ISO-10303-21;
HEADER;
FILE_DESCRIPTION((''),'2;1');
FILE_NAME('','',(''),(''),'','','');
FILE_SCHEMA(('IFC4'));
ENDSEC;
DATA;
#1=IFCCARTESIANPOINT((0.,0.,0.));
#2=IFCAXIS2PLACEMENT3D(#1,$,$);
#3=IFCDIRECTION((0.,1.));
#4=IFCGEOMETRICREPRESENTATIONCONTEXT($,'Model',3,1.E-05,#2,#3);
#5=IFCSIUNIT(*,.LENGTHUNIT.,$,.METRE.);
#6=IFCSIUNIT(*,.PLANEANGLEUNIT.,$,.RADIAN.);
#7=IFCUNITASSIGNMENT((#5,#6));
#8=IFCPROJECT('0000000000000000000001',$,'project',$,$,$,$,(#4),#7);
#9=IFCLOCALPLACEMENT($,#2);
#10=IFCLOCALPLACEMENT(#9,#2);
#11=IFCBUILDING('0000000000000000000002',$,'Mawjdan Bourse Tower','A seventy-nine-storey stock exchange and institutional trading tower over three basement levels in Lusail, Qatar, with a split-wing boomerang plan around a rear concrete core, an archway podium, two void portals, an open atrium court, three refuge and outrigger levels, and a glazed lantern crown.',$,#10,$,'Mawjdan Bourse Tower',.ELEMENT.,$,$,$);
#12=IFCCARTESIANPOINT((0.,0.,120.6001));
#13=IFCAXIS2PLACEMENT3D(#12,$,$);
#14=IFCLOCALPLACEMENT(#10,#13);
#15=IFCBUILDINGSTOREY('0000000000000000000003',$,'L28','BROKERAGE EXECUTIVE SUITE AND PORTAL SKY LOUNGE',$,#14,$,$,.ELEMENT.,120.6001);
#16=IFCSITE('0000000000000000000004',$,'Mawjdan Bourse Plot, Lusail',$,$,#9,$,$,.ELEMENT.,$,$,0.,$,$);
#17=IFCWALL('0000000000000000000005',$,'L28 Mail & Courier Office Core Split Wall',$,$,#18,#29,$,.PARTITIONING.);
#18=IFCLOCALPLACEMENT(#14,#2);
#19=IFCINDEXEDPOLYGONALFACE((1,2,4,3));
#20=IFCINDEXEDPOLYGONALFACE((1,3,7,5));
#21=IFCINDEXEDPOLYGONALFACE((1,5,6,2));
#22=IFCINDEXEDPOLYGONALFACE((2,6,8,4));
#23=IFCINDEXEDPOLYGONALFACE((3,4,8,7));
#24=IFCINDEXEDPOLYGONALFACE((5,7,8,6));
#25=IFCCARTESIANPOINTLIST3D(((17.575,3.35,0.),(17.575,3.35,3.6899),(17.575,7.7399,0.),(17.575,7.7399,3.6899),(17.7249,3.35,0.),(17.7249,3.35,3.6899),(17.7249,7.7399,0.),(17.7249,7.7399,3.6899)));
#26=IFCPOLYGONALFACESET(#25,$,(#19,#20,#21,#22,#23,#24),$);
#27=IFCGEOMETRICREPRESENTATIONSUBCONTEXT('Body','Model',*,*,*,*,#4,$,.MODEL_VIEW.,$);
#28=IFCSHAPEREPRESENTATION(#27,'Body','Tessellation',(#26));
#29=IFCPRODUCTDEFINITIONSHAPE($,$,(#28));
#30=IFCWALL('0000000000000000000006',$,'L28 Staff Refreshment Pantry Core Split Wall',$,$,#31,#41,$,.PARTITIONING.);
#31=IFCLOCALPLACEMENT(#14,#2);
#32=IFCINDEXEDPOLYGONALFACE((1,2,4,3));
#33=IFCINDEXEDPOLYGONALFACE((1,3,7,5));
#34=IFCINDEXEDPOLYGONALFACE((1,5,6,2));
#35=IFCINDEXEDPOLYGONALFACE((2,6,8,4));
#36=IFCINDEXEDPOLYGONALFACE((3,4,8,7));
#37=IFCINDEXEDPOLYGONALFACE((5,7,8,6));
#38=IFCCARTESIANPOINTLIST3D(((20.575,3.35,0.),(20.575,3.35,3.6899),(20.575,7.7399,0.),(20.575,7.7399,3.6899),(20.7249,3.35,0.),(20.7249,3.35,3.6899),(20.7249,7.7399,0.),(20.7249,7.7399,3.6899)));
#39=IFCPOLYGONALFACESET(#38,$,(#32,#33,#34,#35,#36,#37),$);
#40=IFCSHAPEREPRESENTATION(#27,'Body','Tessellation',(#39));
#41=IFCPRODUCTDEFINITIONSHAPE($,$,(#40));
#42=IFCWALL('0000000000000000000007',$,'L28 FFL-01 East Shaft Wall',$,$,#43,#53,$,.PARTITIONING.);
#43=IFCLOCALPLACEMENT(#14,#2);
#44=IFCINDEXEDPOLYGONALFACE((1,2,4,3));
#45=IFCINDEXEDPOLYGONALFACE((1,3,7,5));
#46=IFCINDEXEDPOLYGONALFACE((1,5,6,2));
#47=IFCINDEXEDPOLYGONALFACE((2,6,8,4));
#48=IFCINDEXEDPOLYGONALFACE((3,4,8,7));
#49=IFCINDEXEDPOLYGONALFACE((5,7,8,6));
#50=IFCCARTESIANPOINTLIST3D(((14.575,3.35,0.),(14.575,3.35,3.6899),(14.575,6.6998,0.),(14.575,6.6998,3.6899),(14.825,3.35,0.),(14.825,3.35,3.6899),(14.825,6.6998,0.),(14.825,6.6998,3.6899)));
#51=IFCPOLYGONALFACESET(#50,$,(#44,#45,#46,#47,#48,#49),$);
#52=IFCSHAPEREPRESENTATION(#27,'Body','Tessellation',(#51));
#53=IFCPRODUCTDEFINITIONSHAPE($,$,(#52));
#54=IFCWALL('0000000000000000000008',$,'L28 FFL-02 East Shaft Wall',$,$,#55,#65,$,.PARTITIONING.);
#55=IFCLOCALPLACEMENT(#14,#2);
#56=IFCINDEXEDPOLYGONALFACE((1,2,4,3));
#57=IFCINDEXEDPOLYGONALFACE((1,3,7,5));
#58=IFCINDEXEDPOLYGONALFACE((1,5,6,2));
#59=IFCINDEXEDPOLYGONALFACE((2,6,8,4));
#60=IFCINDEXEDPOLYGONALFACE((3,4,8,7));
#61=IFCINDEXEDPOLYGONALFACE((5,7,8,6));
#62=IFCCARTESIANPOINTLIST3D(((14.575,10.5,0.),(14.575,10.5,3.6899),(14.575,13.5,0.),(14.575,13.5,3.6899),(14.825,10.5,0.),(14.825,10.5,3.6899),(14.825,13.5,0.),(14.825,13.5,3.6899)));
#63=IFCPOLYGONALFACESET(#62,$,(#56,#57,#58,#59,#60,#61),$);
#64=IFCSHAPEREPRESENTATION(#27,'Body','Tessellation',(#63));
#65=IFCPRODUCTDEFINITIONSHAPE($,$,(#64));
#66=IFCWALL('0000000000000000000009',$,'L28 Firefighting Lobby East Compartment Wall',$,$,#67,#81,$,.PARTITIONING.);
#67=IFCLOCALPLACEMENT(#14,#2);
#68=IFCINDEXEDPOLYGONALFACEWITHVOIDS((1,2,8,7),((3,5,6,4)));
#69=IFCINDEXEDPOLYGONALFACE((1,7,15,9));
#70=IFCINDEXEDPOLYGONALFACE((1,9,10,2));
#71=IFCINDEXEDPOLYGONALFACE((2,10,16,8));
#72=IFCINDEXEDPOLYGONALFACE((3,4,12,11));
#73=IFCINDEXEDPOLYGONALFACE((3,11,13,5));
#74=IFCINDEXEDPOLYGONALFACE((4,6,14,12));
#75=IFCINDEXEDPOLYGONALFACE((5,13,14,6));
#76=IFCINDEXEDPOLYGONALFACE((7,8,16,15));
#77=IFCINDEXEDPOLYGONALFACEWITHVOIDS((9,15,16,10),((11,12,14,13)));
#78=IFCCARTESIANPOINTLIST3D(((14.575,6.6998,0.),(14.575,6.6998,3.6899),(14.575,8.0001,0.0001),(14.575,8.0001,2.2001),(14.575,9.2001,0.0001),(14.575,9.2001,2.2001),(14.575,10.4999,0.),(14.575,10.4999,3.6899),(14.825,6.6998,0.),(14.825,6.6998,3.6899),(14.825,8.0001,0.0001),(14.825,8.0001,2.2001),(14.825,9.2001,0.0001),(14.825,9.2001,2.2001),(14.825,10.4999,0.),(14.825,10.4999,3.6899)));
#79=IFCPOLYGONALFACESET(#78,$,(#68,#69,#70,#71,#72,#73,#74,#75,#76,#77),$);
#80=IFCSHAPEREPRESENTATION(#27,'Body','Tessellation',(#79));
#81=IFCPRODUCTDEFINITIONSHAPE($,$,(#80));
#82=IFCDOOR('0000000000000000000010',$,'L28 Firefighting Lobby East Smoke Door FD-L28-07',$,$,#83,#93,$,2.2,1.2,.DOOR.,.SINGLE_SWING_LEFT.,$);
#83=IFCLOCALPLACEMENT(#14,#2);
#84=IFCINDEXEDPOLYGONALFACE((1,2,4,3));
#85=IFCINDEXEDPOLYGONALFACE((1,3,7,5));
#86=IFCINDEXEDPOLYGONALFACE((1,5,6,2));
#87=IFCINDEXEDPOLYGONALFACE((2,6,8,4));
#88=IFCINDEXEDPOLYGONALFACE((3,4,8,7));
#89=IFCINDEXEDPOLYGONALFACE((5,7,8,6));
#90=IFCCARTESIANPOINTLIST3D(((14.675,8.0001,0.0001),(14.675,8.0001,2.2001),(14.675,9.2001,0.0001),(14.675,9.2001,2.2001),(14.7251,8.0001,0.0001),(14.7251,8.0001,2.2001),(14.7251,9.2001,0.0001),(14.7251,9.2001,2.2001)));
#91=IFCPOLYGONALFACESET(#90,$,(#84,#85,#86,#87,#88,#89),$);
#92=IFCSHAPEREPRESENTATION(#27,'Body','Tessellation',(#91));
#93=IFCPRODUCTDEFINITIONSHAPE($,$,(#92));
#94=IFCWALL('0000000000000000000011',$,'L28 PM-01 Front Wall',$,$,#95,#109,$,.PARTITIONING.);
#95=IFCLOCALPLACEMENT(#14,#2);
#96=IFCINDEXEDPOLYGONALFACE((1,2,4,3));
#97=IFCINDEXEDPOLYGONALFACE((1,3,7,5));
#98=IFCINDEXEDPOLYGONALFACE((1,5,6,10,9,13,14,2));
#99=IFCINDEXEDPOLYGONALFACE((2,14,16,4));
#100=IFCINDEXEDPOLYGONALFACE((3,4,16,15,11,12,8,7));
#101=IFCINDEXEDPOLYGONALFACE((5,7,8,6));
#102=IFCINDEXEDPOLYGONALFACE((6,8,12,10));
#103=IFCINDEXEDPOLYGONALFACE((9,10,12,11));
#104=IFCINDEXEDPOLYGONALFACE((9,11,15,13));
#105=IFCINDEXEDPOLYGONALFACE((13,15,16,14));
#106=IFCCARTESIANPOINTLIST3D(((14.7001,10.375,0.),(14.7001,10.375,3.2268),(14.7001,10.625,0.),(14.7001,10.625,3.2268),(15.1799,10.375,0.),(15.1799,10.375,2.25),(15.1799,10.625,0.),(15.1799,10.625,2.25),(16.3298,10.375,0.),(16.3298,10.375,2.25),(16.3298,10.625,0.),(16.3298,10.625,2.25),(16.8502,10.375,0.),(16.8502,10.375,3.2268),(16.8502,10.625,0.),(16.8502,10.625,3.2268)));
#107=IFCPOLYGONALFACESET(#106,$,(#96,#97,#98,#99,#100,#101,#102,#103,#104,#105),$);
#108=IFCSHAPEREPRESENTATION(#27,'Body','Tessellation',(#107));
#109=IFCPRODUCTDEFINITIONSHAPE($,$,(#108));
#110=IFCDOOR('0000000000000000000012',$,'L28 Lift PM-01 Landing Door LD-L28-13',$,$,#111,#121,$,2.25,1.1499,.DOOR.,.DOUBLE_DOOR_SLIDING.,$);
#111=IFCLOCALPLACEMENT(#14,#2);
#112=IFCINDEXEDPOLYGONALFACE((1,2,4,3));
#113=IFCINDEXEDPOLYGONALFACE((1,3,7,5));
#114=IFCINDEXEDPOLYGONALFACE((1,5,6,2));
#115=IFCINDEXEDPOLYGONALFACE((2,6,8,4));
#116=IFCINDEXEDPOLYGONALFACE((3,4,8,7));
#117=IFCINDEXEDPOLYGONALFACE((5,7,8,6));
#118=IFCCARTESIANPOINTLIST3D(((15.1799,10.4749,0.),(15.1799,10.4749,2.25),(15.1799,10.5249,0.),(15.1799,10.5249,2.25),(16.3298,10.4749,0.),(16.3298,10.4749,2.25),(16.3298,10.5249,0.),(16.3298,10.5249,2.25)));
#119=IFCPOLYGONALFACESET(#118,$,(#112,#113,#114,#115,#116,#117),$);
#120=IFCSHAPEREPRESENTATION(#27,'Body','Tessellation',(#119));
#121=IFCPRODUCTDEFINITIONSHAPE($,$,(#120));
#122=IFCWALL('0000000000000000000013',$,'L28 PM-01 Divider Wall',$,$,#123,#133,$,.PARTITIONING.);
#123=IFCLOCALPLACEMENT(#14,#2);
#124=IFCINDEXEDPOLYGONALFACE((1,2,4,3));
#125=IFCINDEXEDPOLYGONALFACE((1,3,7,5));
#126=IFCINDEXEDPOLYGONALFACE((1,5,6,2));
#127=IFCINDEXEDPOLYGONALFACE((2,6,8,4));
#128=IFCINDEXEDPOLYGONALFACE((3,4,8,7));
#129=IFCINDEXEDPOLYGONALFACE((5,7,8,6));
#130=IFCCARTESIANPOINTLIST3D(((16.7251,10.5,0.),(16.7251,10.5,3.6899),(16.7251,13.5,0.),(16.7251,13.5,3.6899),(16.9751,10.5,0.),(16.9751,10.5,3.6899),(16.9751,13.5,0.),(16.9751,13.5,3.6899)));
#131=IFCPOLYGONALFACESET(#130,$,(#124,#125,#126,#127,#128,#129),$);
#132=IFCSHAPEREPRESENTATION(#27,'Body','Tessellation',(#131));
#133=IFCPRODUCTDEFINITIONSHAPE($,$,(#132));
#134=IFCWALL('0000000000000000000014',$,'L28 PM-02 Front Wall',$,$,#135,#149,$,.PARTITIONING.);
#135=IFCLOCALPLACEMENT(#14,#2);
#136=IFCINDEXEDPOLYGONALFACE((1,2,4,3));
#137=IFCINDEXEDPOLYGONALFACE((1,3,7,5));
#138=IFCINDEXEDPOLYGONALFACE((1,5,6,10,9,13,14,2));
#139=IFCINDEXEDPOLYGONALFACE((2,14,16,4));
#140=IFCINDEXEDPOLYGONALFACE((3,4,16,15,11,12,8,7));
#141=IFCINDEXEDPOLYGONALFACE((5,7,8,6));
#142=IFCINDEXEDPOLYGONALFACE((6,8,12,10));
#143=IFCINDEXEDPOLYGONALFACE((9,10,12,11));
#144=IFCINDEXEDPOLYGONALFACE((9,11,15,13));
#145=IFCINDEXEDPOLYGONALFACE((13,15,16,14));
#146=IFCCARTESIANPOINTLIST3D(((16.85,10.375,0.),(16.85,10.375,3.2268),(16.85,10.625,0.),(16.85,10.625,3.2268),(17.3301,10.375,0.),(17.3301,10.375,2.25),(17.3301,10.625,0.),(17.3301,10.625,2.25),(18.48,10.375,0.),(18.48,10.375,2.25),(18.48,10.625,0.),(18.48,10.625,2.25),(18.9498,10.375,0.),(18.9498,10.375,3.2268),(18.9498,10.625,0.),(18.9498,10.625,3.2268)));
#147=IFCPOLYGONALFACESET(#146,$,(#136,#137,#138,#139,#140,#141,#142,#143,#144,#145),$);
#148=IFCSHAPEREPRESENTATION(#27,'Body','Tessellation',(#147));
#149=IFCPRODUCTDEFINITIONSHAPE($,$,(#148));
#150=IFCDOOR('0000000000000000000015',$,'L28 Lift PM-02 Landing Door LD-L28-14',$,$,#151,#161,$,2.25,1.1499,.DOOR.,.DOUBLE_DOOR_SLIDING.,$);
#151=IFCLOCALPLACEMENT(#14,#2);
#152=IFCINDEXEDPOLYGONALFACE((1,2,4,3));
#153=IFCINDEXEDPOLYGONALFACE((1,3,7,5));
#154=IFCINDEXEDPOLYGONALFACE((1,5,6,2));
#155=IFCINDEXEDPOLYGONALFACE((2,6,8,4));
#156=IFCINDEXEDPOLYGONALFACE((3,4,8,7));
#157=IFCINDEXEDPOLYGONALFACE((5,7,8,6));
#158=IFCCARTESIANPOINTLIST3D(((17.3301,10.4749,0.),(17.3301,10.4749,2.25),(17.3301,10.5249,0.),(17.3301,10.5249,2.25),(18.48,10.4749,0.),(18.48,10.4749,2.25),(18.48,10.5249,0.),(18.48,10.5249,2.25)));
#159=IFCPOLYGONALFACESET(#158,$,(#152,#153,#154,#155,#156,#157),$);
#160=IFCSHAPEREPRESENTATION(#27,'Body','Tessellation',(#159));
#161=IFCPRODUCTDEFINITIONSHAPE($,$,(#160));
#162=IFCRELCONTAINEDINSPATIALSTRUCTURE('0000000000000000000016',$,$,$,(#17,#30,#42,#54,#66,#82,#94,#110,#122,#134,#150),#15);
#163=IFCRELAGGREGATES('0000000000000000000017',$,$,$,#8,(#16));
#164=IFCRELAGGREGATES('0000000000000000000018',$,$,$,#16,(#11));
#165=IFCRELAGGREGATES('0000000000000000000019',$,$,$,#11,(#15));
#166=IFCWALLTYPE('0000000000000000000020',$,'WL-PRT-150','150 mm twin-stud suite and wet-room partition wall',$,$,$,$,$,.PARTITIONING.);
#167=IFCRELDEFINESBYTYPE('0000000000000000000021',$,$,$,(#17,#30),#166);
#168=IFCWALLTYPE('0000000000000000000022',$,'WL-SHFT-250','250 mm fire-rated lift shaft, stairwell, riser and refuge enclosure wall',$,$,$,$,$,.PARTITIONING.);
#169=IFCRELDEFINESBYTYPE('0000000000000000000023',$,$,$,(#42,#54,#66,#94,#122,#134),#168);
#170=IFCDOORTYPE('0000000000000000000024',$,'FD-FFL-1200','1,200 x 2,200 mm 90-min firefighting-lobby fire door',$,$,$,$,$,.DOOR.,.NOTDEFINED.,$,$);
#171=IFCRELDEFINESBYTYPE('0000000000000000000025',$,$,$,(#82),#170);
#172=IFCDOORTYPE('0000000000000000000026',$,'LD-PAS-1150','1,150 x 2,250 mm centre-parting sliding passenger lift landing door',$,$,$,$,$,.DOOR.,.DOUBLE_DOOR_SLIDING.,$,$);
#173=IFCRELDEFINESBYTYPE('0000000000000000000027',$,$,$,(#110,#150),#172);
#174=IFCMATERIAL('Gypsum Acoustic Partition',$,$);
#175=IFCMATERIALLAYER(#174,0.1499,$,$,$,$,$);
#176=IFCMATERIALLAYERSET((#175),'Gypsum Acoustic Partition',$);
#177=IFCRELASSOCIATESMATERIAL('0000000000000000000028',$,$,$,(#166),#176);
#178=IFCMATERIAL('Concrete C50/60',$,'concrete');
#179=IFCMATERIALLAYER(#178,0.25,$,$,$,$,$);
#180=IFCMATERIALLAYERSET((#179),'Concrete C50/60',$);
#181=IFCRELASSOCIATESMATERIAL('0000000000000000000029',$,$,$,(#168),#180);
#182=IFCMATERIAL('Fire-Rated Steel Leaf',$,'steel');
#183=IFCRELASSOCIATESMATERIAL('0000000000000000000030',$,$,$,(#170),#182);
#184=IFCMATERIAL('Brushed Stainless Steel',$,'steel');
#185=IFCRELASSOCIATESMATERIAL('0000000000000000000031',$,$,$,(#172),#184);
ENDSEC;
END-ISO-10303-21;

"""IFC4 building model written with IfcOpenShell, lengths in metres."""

from ifc_helpers import new_model, si_unit, direction, frame, frame_2d, origin, place, context, subcontext, project, spatial, rectangle, extrude, material, layer, layer_set, type_object, element, fill, save


model = new_model("IFC4")

# Units and contexts
model_context = context("Model", 3, precision=1e-05, world=origin(), true_north=direction((0.0, 1.0)))
body_context = subcontext(model_context, "Body", "Model", "MODEL_VIEW")
ifc_project = project(units=[si_unit("LENGTHUNIT", "METRE"), si_unit("PLANEANGLEUNIT", "RADIAN")], contexts=[model_context])

# Site, building, storey
site_placement = place(None, origin())
site = spatial("IfcSite", under=ifc_project, at=site_placement, Name="Mawjdan Bourse Plot, Lusail", CompositionType="ELEMENT", RefElevation=0.0)
building_placement = place(site_placement, origin())
building = spatial("IfcBuilding", under=site, at=building_placement, Name="Mawjdan Bourse Tower", Description="A seventy-nine-storey stock exchange and institutional trading tower over three basement levels in Lusail, Qatar, with a split-wing boomerang plan around a rear concrete core, an archway podium, two void portals, an open atrium court, three refuge and outrigger levels, and a glazed lantern crown.", LongName="Mawjdan Bourse Tower", CompositionType="ELEMENT")
storey_placement = place(building_placement, frame((0.0, 0.0, 120.6001)))
storey = spatial("IfcBuildingStorey", under=building, at=storey_placement, Name="L28", Description="BROKERAGE EXECUTIVE SUITE AND PORTAL SKY LOUNGE", CompositionType="ELEMENT", Elevation=120.6001)

# Walls
ifc_material_1 = material(Name="Gypsum Acoustic Partition")
ifc_layer_1 = layer(ifc_material_1, 0.1499)
ifc_layer_set_1 = layer_set([ifc_layer_1], Name="Gypsum Acoustic Partition")
wall_type_1 = type_object("IfcWallType", Name="WL-PRT-150", Description="150 mm twin-stud suite and wet-room partition wall", PredefinedType="PARTITIONING", material=ifc_layer_set_1)
for number, where, z_axis, x_axis, name in (
    (1, (17.6499, 3.3501, 0.0), (0.0, 0.0, 1.0), (0.0, 1.0, 0.0), "L28 Mail & Courier Office Core Split Wall"),
    (2, (20.6499, 3.3501, 0.0), (0.0, 0.0, 1.0), (0.0, 1.0, 0.0), "L28 Staff Refreshment Pantry Core Split Wall"),
):
    element("IfcWall", number, at=place(storey_placement, frame(where, z_axis=z_axis, x_axis=x_axis)), inside=storey, type_object=wall_type_1, Name=name, PredefinedType="PARTITIONING", context=body_context, shape_type="SweptSolid", body=[
        extrude(rectangle(XDim=4.3899, YDim=0.1499, at=frame_2d((2.1948, 0.0))), origin(), (0.0, 0.0, 1.0), 3.6899),
    ])
ifc_material_2 = material(Name="Concrete C50/60", Category="concrete")
ifc_layer_2 = layer(ifc_material_2, 0.25)
ifc_layer_set_2 = layer_set([ifc_layer_2], Name="Concrete C50/60")
wall_type_2 = type_object("IfcWallType", Name="WL-SHFT-250", Description="250 mm fire-rated lift shaft, stairwell, riser and refuge enclosure wall", PredefinedType="PARTITIONING", material=ifc_layer_set_2)
wall_1_placement = place(storey_placement, frame((14.7, 3.3501, 0.0), z_axis=(0.0, 0.0, 1.0), x_axis=(0.0, 1.0, 0.0)))
element("IfcWall", 3, at=wall_1_placement, inside=storey, type_object=wall_type_2, Name="L28 FFL-01 East Shaft Wall", PredefinedType="PARTITIONING", context=body_context, shape_type="SweptSolid", body=[
    extrude(rectangle(XDim=3.3499, YDim=0.25, at=frame_2d((1.6748, 0.0))), origin(), (0.0, 0.0, 1.0), 3.6899),
])
wall_2_placement = place(storey_placement, frame((14.7, 10.5, 0.0), z_axis=(0.0, 0.0, 1.0), x_axis=(0.0, 1.0, 0.0)))
element("IfcWall", 4, at=wall_2_placement, inside=storey, type_object=wall_type_2, Name="L28 FFL-02 East Shaft Wall", PredefinedType="PARTITIONING", context=body_context, shape_type="SweptSolid", body=[
    extrude(rectangle(XDim=3.0, YDim=0.25, at=frame_2d((1.5, 0.0))), origin(), (0.0, 0.0, 1.0), 3.6899),
])

# Walls, openings, doors
wall_3_placement = place(storey_placement, frame((14.7, 6.7, 0.0), z_axis=(0.0, 0.0, 1.0), x_axis=(0.0, 1.0, 0.0)))
wall_3 = element("IfcWall", 5, at=wall_3_placement, inside=storey, type_object=wall_type_2, Name="L28 Firefighting Lobby East Compartment Wall", PredefinedType="PARTITIONING", context=body_context, shape_type="SweptSolid", body=[
    extrude(rectangle(XDim=3.8, YDim=0.25, at=frame_2d((1.8999, 0.0))), origin(), (0.0, 0.0, 1.0), 3.6899),
])
opening_1_placement = place(wall_3_placement, frame((1.3, 0.0, 0.0)))
opening_1 = element("IfcOpeningElement", 6, at=opening_1_placement, cuts=wall_3, PredefinedType="OPENING", context=body_context, shape_type="SweptSolid", body=[
    extrude(rectangle(XDim=1.2, YDim=2.2, at=frame_2d((0.6001, 1.1001))), frame((0.0, 0.135, 0.0), z_axis=(0.0, -1.0, 0.0), x_axis=(1.0, 0.0, 0.0)), (0.0, 0.0, 1.0), 0.27),
])
ifc_material_3 = material(Name="Fire-Rated Steel Leaf", Category="steel")
door_type_1 = type_object("IfcDoorType", Name="FD-FFL-1200", Description="1,200 x 2,200 mm 90-min firefighting-lobby fire door", OperationType="NOTDEFINED", PredefinedType="DOOR", material=ifc_material_3)
door_1_placement = place(opening_1_placement, origin())
door_1 = element("IfcDoor", 7, at=door_1_placement, inside=storey, type_object=door_type_1, Name="L28 Firefighting Lobby East Smoke Door FD-L28-07", OperationType="SINGLE_SWING_LEFT", OverallHeight=2.2, OverallWidth=1.2, PredefinedType="DOOR", context=body_context, shape_type="SweptSolid", body=[
    extrude(rectangle(XDim=1.2, YDim=2.2, at=frame_2d((0.6001, 1.1001))), frame((0.0, 0.0249, 0.0), z_axis=(0.0, -1.0, 0.0), x_axis=(1.0, 0.0, 0.0)), (0.0, 0.0, 1.0), 0.05),
])
fill(opening_1, door_1)
wall_4_placement = place(storey_placement, frame((14.7, 10.5, 0.0), z_axis=(0.0, 0.0, 1.0), x_axis=(1.0, 0.0, 0.0)))
wall_4 = element("IfcWall", 8, at=wall_4_placement, inside=storey, type_object=wall_type_2, Name="L28 PM-01 Front Wall", PredefinedType="PARTITIONING", context=body_context, shape_type="SweptSolid", body=[
    extrude(rectangle(XDim=2.1501, YDim=0.25, at=frame_2d((1.0752, 0.0))), origin(), (0.0, 0.0, 1.0), 3.2268),
])
opening_2_placement = place(wall_4_placement, frame((0.48, 0.0, 0.0)))
opening_2 = element("IfcOpeningElement", 9, at=opening_2_placement, cuts=wall_4, PredefinedType="OPENING", context=body_context, shape_type="SweptSolid", body=[
    extrude(rectangle(XDim=1.1499, YDim=2.25, at=frame_2d((0.575, 1.125))), frame((0.0, 0.135, 0.0), z_axis=(0.0, -1.0, 0.0), x_axis=(1.0, 0.0, 0.0)), (0.0, 0.0, 1.0), 0.27),
])
ifc_material_4 = material(Name="Brushed Stainless Steel", Category="steel")
door_type_2 = type_object("IfcDoorType", Name="LD-PAS-1150", Description="1,150 x 2,250 mm centre-parting sliding passenger lift landing door", OperationType="DOUBLE_DOOR_SLIDING", PredefinedType="DOOR", material=ifc_material_4)
door_2_placement = place(opening_2_placement, origin())
door_2 = element("IfcDoor", 10, at=door_2_placement, inside=storey, type_object=door_type_2, Name="L28 Lift PM-01 Landing Door LD-L28-13", OperationType="DOUBLE_DOOR_SLIDING", OverallHeight=2.25, OverallWidth=1.1499, PredefinedType="DOOR", context=body_context, shape_type="SweptSolid", body=[
    extrude(rectangle(XDim=1.1499, YDim=2.25, at=frame_2d((0.575, 1.125))), frame((0.0, 0.0249, 0.0), z_axis=(0.0, -1.0, 0.0), x_axis=(1.0, 0.0, 0.0)), (0.0, 0.0, 1.0), 0.05),
])
fill(opening_2, door_2)

# Wall
wall_5_placement = place(storey_placement, frame((16.8501, 10.5, 0.0), z_axis=(0.0, 0.0, 1.0), x_axis=(0.0, 1.0, 0.0)))
element("IfcWall", 11, at=wall_5_placement, inside=storey, type_object=wall_type_2, Name="L28 PM-01 Divider Wall", PredefinedType="PARTITIONING", context=body_context, shape_type="SweptSolid", body=[
    extrude(rectangle(XDim=3.0, YDim=0.25, at=frame_2d((1.5, 0.0))), origin(), (0.0, 0.0, 1.0), 3.6899),
])

# Wall, opening, door
wall_6_placement = place(storey_placement, frame((16.8501, 10.5, 0.0), z_axis=(0.0, 0.0, 1.0), x_axis=(1.0, 0.0, 0.0)))
wall_6 = element("IfcWall", 12, at=wall_6_placement, inside=storey, type_object=wall_type_2, Name="L28 PM-02 Front Wall", PredefinedType="PARTITIONING", context=body_context, shape_type="SweptSolid", body=[
    extrude(rectangle(XDim=2.0999, YDim=0.25, at=frame_2d((1.0498, 0.0))), origin(), (0.0, 0.0, 1.0), 3.2268),
])
opening_3_placement = place(wall_6_placement, frame((0.48, 0.0, 0.0)))
opening_3 = element("IfcOpeningElement", 13, at=opening_3_placement, cuts=wall_6, PredefinedType="OPENING", context=body_context, shape_type="SweptSolid", body=[
    extrude(rectangle(XDim=1.1499, YDim=2.25, at=frame_2d((0.575, 1.125))), frame((0.0, 0.135, 0.0), z_axis=(0.0, -1.0, 0.0), x_axis=(1.0, 0.0, 0.0)), (0.0, 0.0, 1.0), 0.27),
])
door_3_placement = place(opening_3_placement, origin())
door_3 = element("IfcDoor", 14, at=door_3_placement, inside=storey, type_object=door_type_2, Name="L28 Lift PM-02 Landing Door LD-L28-14", OperationType="DOUBLE_DOOR_SLIDING", OverallHeight=2.25, OverallWidth=1.1499, PredefinedType="DOOR", context=body_context, shape_type="SweptSolid", body=[
    extrude(rectangle(XDim=1.1499, YDim=2.25, at=frame_2d((0.575, 1.125))), frame((0.0, 0.0249, 0.0), z_axis=(0.0, -1.0, 0.0), x_axis=(1.0, 0.0, 0.0)), (0.0, 0.0, 1.0), 0.05),
])
fill(opening_3, door_3)

save(model, "model.ifc")
